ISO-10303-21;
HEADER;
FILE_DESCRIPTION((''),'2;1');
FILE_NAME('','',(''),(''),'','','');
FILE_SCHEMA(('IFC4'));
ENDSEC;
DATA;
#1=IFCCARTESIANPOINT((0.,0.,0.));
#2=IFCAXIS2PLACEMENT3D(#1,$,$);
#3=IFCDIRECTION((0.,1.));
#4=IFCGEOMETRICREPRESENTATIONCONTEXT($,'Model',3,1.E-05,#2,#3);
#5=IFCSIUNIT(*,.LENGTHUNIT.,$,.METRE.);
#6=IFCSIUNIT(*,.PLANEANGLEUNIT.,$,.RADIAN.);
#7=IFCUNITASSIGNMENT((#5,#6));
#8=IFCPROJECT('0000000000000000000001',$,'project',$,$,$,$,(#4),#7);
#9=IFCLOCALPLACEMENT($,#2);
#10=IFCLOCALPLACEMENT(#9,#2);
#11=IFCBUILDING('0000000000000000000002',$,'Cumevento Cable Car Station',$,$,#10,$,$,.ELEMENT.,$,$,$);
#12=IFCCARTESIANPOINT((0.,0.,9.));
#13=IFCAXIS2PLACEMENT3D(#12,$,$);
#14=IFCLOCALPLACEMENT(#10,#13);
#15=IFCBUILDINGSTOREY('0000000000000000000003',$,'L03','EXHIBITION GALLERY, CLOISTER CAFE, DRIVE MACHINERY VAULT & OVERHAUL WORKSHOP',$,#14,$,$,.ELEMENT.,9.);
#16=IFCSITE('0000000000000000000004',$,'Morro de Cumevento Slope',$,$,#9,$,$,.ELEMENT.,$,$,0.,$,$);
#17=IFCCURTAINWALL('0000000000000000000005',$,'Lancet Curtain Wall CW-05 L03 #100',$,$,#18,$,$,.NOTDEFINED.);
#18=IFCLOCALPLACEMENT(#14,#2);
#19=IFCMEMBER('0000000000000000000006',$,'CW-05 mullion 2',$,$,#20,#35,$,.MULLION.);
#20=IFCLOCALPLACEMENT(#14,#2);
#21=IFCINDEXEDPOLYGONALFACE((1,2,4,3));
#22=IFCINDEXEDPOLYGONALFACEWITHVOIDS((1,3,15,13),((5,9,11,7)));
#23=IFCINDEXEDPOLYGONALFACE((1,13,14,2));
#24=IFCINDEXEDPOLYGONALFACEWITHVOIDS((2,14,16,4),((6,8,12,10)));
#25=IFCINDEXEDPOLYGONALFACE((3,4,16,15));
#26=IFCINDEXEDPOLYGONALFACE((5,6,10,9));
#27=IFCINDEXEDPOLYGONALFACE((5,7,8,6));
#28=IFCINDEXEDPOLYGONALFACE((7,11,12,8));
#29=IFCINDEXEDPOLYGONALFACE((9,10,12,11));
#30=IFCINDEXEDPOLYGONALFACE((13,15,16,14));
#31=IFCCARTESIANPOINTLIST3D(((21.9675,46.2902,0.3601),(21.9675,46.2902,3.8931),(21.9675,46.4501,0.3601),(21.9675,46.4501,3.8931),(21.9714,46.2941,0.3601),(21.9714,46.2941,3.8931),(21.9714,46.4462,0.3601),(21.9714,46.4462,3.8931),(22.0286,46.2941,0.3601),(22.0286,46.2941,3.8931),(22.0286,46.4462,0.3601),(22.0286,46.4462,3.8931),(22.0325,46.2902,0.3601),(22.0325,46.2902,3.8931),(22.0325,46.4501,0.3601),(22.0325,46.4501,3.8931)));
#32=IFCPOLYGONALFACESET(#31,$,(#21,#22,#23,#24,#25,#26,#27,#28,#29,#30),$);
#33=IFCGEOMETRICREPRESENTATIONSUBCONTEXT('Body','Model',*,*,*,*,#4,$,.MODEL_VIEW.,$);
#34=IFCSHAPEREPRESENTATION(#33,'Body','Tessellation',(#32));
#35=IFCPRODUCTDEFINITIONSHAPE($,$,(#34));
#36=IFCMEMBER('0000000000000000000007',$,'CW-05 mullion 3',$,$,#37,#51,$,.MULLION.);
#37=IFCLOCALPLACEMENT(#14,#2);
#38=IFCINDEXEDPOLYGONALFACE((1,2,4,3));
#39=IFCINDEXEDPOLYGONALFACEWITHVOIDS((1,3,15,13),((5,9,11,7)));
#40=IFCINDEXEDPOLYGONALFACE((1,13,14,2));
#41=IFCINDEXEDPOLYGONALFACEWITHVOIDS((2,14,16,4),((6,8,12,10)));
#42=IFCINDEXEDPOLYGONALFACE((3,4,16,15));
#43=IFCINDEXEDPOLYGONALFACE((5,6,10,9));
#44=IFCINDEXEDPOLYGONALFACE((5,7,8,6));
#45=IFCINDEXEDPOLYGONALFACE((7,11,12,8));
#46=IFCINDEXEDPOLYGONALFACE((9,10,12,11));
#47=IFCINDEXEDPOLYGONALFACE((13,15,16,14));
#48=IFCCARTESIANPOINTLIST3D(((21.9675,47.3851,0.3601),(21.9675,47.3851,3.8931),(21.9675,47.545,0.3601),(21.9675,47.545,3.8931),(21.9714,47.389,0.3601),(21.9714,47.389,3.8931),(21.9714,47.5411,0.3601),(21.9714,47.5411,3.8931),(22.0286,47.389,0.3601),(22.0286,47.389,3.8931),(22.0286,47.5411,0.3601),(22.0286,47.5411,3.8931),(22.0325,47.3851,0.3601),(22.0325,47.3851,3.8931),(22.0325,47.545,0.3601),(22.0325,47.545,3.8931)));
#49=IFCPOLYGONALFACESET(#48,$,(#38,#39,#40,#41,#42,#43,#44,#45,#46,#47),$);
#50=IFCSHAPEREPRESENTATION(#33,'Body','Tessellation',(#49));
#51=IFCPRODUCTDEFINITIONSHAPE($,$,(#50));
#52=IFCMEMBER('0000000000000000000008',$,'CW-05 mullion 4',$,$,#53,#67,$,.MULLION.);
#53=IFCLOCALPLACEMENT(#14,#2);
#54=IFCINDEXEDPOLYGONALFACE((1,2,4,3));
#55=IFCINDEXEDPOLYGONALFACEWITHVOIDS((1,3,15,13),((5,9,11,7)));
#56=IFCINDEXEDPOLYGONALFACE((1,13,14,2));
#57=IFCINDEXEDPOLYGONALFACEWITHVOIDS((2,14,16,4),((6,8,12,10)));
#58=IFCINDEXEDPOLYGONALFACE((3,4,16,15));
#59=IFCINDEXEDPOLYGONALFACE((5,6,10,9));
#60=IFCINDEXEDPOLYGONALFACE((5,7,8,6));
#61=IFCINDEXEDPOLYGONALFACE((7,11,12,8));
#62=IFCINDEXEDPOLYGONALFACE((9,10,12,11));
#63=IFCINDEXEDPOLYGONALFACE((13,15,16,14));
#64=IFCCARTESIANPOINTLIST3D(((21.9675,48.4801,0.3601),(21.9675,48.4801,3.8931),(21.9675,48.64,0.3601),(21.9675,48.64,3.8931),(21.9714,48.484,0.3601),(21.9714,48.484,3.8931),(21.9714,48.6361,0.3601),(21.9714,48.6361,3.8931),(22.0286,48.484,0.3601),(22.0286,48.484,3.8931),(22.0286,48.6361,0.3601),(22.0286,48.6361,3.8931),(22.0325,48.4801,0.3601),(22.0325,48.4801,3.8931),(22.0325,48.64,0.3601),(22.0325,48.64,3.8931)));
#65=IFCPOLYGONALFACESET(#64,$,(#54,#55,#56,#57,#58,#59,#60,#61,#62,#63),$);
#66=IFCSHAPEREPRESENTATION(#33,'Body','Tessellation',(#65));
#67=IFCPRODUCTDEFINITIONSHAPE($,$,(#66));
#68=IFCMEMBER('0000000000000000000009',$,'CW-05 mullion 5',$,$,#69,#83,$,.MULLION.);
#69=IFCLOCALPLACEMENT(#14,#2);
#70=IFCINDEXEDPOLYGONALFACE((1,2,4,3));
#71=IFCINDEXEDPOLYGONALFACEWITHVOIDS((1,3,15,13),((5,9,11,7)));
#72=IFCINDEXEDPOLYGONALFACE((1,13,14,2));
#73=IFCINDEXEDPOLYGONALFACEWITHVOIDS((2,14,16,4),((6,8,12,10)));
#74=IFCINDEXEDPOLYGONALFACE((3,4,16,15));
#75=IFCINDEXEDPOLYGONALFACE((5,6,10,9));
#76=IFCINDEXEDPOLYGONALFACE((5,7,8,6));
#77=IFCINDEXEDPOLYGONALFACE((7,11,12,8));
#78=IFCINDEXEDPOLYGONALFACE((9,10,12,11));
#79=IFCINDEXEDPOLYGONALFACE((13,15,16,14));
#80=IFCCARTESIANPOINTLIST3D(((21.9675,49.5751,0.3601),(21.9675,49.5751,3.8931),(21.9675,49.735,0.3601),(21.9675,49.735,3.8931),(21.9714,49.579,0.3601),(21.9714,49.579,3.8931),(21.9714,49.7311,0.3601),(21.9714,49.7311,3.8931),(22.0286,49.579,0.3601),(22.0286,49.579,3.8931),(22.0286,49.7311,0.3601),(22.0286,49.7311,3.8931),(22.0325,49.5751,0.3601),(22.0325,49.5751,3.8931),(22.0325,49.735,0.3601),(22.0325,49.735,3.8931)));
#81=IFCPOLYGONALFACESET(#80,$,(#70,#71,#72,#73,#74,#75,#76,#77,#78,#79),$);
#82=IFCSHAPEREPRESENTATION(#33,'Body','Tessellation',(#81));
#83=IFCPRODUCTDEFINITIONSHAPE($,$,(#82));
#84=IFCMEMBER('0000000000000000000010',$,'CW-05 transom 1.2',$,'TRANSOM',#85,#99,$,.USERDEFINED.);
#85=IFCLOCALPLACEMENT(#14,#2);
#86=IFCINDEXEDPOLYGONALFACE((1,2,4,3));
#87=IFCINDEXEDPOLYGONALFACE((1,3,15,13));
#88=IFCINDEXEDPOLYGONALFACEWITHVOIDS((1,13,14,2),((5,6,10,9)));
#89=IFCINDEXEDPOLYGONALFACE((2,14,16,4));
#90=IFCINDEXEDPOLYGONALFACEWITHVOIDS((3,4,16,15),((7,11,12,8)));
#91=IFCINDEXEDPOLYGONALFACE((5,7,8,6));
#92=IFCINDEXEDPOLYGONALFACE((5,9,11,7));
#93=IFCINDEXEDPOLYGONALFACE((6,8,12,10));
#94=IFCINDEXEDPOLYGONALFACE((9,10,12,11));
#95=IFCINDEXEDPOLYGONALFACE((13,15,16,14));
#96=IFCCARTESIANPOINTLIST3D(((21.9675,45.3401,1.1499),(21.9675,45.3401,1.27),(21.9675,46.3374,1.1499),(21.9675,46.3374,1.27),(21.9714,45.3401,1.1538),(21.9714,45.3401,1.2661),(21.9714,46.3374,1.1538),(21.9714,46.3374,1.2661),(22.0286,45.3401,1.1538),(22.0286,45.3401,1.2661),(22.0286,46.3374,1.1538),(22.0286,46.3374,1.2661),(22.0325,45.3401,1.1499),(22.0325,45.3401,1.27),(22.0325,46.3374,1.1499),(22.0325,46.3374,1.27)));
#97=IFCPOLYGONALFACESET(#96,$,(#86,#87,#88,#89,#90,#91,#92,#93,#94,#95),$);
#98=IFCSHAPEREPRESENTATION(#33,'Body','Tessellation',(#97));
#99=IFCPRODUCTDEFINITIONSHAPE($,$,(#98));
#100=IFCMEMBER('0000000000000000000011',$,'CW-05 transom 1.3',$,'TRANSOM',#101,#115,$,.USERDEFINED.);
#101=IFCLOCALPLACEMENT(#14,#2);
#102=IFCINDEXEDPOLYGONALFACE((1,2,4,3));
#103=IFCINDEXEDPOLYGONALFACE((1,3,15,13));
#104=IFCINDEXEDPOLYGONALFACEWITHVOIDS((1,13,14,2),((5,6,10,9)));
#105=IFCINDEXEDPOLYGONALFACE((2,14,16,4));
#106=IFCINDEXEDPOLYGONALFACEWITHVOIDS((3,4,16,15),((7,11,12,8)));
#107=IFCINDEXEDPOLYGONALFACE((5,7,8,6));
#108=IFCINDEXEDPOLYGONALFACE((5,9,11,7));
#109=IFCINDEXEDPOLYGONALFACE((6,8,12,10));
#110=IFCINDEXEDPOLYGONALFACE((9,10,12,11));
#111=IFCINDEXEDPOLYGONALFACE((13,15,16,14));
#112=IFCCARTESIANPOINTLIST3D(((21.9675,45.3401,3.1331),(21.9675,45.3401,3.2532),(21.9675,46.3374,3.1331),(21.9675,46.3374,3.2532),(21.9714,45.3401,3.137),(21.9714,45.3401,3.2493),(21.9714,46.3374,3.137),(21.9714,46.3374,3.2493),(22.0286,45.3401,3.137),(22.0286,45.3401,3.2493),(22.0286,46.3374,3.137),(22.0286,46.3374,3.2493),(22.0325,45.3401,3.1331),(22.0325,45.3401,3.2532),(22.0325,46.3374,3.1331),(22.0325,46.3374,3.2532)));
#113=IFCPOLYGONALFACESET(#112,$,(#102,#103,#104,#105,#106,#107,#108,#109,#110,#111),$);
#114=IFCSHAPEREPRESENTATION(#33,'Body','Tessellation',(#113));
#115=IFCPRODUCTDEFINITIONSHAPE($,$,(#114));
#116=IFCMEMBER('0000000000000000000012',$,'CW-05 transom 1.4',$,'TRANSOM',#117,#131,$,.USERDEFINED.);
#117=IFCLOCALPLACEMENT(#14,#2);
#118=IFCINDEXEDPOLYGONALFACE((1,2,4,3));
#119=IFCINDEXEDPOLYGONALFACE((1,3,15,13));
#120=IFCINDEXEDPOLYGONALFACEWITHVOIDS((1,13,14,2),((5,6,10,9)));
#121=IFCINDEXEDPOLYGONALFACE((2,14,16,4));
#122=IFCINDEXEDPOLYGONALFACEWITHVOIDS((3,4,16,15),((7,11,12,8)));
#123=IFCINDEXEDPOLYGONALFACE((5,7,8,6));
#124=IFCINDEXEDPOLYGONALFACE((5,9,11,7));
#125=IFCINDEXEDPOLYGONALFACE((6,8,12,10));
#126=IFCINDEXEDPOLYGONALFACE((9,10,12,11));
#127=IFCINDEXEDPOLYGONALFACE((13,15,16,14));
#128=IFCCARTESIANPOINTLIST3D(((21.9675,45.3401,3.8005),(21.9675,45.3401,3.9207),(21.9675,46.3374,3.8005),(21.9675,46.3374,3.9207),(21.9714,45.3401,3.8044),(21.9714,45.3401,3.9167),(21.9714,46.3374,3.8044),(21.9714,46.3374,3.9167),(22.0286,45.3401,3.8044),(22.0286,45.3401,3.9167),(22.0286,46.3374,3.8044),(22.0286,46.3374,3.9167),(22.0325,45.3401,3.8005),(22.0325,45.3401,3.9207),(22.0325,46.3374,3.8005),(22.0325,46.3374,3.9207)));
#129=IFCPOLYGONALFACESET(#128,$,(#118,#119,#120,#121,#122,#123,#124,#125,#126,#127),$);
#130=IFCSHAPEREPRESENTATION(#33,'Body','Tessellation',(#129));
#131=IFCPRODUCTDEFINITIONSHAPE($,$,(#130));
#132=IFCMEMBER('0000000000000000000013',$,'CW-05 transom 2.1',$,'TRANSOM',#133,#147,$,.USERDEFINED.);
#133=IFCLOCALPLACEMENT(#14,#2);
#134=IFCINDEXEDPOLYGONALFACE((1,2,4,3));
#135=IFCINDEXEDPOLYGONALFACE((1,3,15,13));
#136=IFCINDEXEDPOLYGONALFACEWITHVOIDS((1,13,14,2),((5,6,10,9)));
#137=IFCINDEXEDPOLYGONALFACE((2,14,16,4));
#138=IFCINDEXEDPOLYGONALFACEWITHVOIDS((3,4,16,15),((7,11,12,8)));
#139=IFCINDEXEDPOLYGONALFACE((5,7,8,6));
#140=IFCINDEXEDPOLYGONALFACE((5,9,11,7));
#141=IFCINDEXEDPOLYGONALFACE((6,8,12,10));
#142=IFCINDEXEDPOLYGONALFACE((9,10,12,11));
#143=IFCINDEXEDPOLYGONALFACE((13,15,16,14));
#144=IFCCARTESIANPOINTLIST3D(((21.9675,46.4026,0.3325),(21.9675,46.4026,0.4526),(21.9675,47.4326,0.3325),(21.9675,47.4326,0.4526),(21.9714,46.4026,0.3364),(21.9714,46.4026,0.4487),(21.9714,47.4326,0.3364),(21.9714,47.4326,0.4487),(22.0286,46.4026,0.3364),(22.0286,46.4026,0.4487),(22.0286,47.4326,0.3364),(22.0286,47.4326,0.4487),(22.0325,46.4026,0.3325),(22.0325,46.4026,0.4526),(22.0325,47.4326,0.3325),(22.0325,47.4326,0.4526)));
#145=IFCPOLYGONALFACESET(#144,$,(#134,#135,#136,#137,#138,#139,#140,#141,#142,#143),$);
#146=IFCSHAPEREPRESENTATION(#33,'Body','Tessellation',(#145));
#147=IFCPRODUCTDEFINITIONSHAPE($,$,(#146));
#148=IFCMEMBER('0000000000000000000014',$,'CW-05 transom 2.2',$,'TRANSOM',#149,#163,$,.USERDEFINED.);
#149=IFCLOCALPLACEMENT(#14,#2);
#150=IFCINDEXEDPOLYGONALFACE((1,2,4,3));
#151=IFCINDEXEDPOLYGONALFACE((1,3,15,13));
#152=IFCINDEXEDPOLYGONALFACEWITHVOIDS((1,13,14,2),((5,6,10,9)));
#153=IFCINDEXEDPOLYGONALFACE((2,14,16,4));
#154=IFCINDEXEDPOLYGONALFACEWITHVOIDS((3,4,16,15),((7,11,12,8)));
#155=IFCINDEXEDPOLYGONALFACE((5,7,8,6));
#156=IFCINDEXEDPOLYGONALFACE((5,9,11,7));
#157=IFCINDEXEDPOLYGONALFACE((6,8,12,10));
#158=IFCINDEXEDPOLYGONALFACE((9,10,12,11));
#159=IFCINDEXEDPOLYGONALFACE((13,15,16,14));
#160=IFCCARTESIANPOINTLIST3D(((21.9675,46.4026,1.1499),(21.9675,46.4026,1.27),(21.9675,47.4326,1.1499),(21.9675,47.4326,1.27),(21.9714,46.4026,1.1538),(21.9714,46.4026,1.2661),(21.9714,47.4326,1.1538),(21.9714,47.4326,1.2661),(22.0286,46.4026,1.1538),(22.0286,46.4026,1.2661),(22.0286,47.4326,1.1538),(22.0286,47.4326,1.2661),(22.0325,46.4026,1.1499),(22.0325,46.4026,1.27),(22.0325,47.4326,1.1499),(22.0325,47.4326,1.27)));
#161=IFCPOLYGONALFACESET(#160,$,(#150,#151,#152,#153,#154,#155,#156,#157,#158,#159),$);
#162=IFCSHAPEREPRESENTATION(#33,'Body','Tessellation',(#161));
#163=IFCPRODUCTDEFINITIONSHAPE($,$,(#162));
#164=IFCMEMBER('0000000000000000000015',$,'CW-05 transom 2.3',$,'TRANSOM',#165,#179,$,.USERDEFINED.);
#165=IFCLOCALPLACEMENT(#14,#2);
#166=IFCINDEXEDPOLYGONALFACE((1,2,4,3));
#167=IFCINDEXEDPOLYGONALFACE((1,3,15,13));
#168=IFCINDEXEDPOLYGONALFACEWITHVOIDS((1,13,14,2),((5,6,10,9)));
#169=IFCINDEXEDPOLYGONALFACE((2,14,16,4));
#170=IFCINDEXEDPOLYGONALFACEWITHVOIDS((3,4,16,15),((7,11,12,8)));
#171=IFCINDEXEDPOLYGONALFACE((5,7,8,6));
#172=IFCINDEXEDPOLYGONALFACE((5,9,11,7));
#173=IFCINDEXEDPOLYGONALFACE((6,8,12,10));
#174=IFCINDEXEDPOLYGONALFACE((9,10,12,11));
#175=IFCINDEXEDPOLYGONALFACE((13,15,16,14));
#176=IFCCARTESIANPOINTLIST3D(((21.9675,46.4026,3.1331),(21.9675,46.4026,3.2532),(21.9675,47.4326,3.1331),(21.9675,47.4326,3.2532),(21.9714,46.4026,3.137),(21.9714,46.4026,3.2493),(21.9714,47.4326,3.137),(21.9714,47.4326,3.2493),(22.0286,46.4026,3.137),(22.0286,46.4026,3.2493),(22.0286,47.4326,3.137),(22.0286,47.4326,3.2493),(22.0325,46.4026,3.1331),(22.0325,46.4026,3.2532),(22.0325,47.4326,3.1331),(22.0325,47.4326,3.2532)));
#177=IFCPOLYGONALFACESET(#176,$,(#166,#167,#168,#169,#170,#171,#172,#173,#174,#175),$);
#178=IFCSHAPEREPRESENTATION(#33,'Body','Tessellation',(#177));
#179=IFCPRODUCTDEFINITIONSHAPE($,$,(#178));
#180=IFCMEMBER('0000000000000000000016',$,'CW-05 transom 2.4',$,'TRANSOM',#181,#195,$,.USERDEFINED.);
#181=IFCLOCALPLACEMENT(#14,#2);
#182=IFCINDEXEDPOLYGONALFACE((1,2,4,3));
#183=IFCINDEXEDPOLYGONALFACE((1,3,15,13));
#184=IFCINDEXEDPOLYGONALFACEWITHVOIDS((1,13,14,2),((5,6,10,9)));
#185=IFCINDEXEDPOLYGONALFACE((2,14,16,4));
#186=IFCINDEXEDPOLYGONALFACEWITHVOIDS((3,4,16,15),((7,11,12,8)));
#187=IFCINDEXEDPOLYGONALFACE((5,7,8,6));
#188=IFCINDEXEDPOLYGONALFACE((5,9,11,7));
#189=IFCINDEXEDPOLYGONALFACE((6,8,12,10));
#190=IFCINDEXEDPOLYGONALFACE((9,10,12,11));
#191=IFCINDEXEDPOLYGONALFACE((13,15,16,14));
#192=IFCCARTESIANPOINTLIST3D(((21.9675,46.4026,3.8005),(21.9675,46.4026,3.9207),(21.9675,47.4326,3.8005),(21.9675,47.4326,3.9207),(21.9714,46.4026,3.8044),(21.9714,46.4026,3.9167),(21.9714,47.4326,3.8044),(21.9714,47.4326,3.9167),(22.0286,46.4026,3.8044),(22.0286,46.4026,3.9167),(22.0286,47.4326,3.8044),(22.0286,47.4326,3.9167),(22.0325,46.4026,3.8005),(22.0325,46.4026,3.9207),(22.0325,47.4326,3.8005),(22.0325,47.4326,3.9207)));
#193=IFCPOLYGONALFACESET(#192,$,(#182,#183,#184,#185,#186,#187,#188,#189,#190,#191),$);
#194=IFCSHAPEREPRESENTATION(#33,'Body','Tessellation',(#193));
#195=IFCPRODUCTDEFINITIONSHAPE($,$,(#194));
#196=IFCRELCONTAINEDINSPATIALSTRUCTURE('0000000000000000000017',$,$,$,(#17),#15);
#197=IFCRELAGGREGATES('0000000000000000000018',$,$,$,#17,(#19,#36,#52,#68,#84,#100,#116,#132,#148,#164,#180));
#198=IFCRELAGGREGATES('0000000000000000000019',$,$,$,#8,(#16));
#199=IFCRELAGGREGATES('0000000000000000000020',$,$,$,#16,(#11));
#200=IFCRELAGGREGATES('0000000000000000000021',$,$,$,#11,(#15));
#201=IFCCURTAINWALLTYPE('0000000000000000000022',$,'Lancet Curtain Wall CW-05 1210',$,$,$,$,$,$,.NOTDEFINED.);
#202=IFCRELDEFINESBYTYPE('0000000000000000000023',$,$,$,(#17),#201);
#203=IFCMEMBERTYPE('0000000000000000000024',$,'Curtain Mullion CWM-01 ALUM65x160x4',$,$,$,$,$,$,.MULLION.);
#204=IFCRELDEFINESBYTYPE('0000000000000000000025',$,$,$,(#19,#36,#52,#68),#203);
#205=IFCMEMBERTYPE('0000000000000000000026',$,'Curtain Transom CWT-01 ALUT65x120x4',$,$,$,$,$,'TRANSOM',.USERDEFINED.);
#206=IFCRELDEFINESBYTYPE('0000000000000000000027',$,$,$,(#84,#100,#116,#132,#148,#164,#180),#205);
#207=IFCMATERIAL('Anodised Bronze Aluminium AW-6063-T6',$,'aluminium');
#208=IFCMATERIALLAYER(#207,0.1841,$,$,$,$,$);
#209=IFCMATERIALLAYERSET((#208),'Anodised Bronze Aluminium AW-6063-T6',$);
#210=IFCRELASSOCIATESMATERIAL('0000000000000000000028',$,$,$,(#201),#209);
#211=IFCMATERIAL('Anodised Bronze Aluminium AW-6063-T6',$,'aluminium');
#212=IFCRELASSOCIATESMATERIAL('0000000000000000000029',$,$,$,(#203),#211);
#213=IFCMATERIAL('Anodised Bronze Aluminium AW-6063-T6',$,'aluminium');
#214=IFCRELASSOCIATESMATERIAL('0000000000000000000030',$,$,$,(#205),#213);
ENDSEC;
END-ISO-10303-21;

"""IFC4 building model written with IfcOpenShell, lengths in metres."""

from ifc_helpers import new_model, si_unit, direction, frame, origin, origin_2d, place, context, subcontext, project, spatial, hollow_rectangle, extrude, material, layer, layer_set, material_profile, profile_set, type_object, element, aggregate, save


model = new_model("IFC4")

# Units and contexts
model_context = context("Model", 3, precision=1e-05, world=origin(), true_north=direction((0.0, 1.0)))
body_context = subcontext(model_context, "Body", "Model", "MODEL_VIEW")
ifc_project = project(units=[si_unit("LENGTHUNIT", "METRE"), si_unit("PLANEANGLEUNIT", "RADIAN")], contexts=[model_context])

# Site, building, storey
site_placement = place(None, origin())
site = spatial("IfcSite", under=ifc_project, at=site_placement, Name="Morro de Cumevento Slope", CompositionType="ELEMENT", RefElevation=0.0)
building_placement = place(site_placement, origin())
building = spatial("IfcBuilding", under=site, at=building_placement, Name="Cumevento Cable Car Station", CompositionType="ELEMENT")
storey_placement = place(building_placement, frame((0.0, 0.0, 9.0)))
storey = spatial("IfcBuildingStorey", under=building, at=storey_placement, Name="L03", Description="EXHIBITION GALLERY, CLOISTER CAFE, DRIVE MACHINERY VAULT & OVERHAUL WORKSHOP", CompositionType="ELEMENT", Elevation=9.0)

# Curtain wall, members
ifc_material_1 = material(Name="Anodised Bronze Aluminium AW-6063-T6", Category="aluminium")
ifc_layer_1 = layer(ifc_material_1, 0.1841)
ifc_layer_set_1 = layer_set([ifc_layer_1], Name="Anodised Bronze Aluminium AW-6063-T6")
curtain_wall_type = type_object("IfcCurtainWallType", Name="Lancet Curtain Wall CW-05 1210", PredefinedType="NOTDEFINED", material=ifc_layer_set_1)
curtain_wall_placement = place(storey_placement, origin())
curtain_wall = element("IfcCurtainWall", 1, at=curtain_wall_placement, inside=storey, type_object=curtain_wall_type, Name="Lancet Curtain Wall CW-05 L03 #100", PredefinedType="NOTDEFINED")
ifc_material_2 = material(Name="Anodised Bronze Aluminium AW-6063-T6", Category="aluminium")
ifc_material_profile_1 = material_profile(ifc_material_2, hollow_rectangle(XDim=0.0649, YDim=0.1599, WallThickness=0.0039, at=origin_2d()), Name="ALUM65x160x4")
ifc_profile_set_1 = profile_set([ifc_material_profile_1], Name="Anodised Bronze Aluminium AW-6063-T6")
member_type_1 = type_object("IfcMemberType", Name="Curtain Mullion CWM-01 ALUM65x160x4", PredefinedType="MULLION", material=ifc_profile_set_1)
member_1_placement = place(storey_placement, frame((22.0, 46.3701, 0.3601), z_axis=(0.0, 0.0, 1.0), x_axis=(-1.0, 0.0, 0.0)))
member_1 = element("IfcMember", 2, at=member_1_placement, type_object=member_type_1, Name="CW-05 mullion 2", PredefinedType="MULLION", context=body_context, shape_type="SweptSolid", body=[
    extrude(hollow_rectangle(XDim=0.0649, YDim=0.1599, WallThickness=0.0039, at=origin_2d()), origin(), (0.0, 0.0, 1.0), 3.533),
])
member_2_placement = place(storey_placement, frame((22.0, 47.4651, 0.3601), z_axis=(0.0, 0.0, 1.0), x_axis=(-1.0, 0.0, 0.0)))
member_2 = element("IfcMember", 3, at=member_2_placement, type_object=member_type_1, Name="CW-05 mullion 3", PredefinedType="MULLION", context=body_context, shape_type="SweptSolid", body=[
    extrude(hollow_rectangle(XDim=0.0649, YDim=0.1599, WallThickness=0.0039, at=origin_2d()), origin(), (0.0, 0.0, 1.0), 3.533),
])
member_3_placement = place(storey_placement, frame((22.0, 48.5601, 0.3601), z_axis=(0.0, 0.0, 1.0), x_axis=(-1.0, 0.0, 0.0)))
member_3 = element("IfcMember", 4, at=member_3_placement, type_object=member_type_1, Name="CW-05 mullion 4", PredefinedType="MULLION", context=body_context, shape_type="SweptSolid", body=[
    extrude(hollow_rectangle(XDim=0.0649, YDim=0.1599, WallThickness=0.0039, at=origin_2d()), origin(), (0.0, 0.0, 1.0), 3.533),
])
member_4_placement = place(storey_placement, frame((22.0, 49.655, 0.3601), z_axis=(0.0, 0.0, 1.0), x_axis=(-1.0, 0.0, 0.0)))
member_4 = element("IfcMember", 5, at=member_4_placement, type_object=member_type_1, Name="CW-05 mullion 5", PredefinedType="MULLION", context=body_context, shape_type="SweptSolid", body=[
    extrude(hollow_rectangle(XDim=0.0649, YDim=0.1599, WallThickness=0.0039, at=origin_2d()), origin(), (0.0, 0.0, 1.0), 3.533),
])
ifc_material_3 = material(Name="Anodised Bronze Aluminium AW-6063-T6", Category="aluminium")
ifc_material_profile_2 = material_profile(ifc_material_3, hollow_rectangle(XDim=0.0649, YDim=0.1201, WallThickness=0.0039, at=origin_2d()), Name="ALUT65x120x4")
ifc_profile_set_2 = profile_set([ifc_material_profile_2], Name="Anodised Bronze Aluminium AW-6063-T6")
member_type_2 = type_object("IfcMemberType", Name="Curtain Transom CWT-01 ALUT65x120x4", ElementType="TRANSOM", PredefinedType="USERDEFINED", material=ifc_profile_set_2)
member_5_placement = place(storey_placement, frame((22.0, 45.3401, 1.21), z_axis=(0.0, 1.0, 0.0), x_axis=(-1.0, 0.0, 0.0)))
member_5 = element("IfcMember", 6, at=member_5_placement, type_object=member_type_2, Name="CW-05 transom 1.2", ObjectType="TRANSOM", PredefinedType="USERDEFINED", context=body_context, shape_type="SweptSolid", body=[
    extrude(hollow_rectangle(XDim=0.0649, YDim=0.1201, WallThickness=0.0039, at=origin_2d()), origin(), (0.0, 0.0, 1.0), 0.9973),
])
member_6_placement = place(storey_placement, frame((22.0, 45.3401, 3.1931), z_axis=(0.0, 1.0, 0.0), x_axis=(-1.0, 0.0, 0.0)))
member_6 = element("IfcMember", 7, at=member_6_placement, type_object=member_type_2, Name="CW-05 transom 1.3", ObjectType="TRANSOM", PredefinedType="USERDEFINED", context=body_context, shape_type="SweptSolid", body=[
    extrude(hollow_rectangle(XDim=0.0649, YDim=0.1201, WallThickness=0.0039, at=origin_2d()), origin(), (0.0, 0.0, 1.0), 0.9973),
])
member_7_placement = place(storey_placement, frame((22.0, 45.3401, 3.8606), z_axis=(0.0, 1.0, 0.0), x_axis=(-1.0, 0.0, 0.0)))
member_7 = element("IfcMember", 8, at=member_7_placement, type_object=member_type_2, Name="CW-05 transom 1.4", ObjectType="TRANSOM", PredefinedType="USERDEFINED", context=body_context, shape_type="SweptSolid", body=[
    extrude(hollow_rectangle(XDim=0.0649, YDim=0.1201, WallThickness=0.0039, at=origin_2d()), origin(), (0.0, 0.0, 1.0), 0.9973),
])
member_8_placement = place(storey_placement, frame((22.0, 46.4026, 0.3926), z_axis=(0.0, 1.0, 0.0), x_axis=(-1.0, 0.0, 0.0)))
member_8 = element("IfcMember", 9, at=member_8_placement, type_object=member_type_2, Name="CW-05 transom 2.1", ObjectType="TRANSOM", PredefinedType="USERDEFINED", context=body_context, shape_type="SweptSolid", body=[
    extrude(hollow_rectangle(XDim=0.0649, YDim=0.1201, WallThickness=0.0039, at=origin_2d()), origin(), (0.0, 0.0, 1.0), 1.03),
])
member_9_placement = place(storey_placement, frame((22.0, 46.4026, 1.21), z_axis=(0.0, 1.0, 0.0), x_axis=(-1.0, 0.0, 0.0)))
member_9 = element("IfcMember", 10, at=member_9_placement, type_object=member_type_2, Name="CW-05 transom 2.2", ObjectType="TRANSOM", PredefinedType="USERDEFINED", context=body_context, shape_type="SweptSolid", body=[
    extrude(hollow_rectangle(XDim=0.0649, YDim=0.1201, WallThickness=0.0039, at=origin_2d()), origin(), (0.0, 0.0, 1.0), 1.03),
])
member_10_placement = place(storey_placement, frame((22.0, 46.4026, 3.1931), z_axis=(0.0, 1.0, 0.0), x_axis=(-1.0, 0.0, 0.0)))
member_10 = element("IfcMember", 11, at=member_10_placement, type_object=member_type_2, Name="CW-05 transom 2.3", ObjectType="TRANSOM", PredefinedType="USERDEFINED", context=body_context, shape_type="SweptSolid", body=[
    extrude(hollow_rectangle(XDim=0.0649, YDim=0.1201, WallThickness=0.0039, at=origin_2d()), origin(), (0.0, 0.0, 1.0), 1.03),
])
member_11_placement = place(storey_placement, frame((22.0, 46.4026, 3.8606), z_axis=(0.0, 1.0, 0.0), x_axis=(-1.0, 0.0, 0.0)))
member_11 = element("IfcMember", 12, at=member_11_placement, type_object=member_type_2, Name="CW-05 transom 2.4", ObjectType="TRANSOM", PredefinedType="USERDEFINED", context=body_context, shape_type="SweptSolid", body=[
    extrude(hollow_rectangle(XDim=0.0649, YDim=0.1201, WallThickness=0.0039, at=origin_2d()), origin(), (0.0, 0.0, 1.0), 1.03),
])

aggregate(curtain_wall, [member_1, member_2, member_3, member_4, member_5, member_6, member_7, member_8, member_9, member_10, member_11])

save(model, "model.ifc")
